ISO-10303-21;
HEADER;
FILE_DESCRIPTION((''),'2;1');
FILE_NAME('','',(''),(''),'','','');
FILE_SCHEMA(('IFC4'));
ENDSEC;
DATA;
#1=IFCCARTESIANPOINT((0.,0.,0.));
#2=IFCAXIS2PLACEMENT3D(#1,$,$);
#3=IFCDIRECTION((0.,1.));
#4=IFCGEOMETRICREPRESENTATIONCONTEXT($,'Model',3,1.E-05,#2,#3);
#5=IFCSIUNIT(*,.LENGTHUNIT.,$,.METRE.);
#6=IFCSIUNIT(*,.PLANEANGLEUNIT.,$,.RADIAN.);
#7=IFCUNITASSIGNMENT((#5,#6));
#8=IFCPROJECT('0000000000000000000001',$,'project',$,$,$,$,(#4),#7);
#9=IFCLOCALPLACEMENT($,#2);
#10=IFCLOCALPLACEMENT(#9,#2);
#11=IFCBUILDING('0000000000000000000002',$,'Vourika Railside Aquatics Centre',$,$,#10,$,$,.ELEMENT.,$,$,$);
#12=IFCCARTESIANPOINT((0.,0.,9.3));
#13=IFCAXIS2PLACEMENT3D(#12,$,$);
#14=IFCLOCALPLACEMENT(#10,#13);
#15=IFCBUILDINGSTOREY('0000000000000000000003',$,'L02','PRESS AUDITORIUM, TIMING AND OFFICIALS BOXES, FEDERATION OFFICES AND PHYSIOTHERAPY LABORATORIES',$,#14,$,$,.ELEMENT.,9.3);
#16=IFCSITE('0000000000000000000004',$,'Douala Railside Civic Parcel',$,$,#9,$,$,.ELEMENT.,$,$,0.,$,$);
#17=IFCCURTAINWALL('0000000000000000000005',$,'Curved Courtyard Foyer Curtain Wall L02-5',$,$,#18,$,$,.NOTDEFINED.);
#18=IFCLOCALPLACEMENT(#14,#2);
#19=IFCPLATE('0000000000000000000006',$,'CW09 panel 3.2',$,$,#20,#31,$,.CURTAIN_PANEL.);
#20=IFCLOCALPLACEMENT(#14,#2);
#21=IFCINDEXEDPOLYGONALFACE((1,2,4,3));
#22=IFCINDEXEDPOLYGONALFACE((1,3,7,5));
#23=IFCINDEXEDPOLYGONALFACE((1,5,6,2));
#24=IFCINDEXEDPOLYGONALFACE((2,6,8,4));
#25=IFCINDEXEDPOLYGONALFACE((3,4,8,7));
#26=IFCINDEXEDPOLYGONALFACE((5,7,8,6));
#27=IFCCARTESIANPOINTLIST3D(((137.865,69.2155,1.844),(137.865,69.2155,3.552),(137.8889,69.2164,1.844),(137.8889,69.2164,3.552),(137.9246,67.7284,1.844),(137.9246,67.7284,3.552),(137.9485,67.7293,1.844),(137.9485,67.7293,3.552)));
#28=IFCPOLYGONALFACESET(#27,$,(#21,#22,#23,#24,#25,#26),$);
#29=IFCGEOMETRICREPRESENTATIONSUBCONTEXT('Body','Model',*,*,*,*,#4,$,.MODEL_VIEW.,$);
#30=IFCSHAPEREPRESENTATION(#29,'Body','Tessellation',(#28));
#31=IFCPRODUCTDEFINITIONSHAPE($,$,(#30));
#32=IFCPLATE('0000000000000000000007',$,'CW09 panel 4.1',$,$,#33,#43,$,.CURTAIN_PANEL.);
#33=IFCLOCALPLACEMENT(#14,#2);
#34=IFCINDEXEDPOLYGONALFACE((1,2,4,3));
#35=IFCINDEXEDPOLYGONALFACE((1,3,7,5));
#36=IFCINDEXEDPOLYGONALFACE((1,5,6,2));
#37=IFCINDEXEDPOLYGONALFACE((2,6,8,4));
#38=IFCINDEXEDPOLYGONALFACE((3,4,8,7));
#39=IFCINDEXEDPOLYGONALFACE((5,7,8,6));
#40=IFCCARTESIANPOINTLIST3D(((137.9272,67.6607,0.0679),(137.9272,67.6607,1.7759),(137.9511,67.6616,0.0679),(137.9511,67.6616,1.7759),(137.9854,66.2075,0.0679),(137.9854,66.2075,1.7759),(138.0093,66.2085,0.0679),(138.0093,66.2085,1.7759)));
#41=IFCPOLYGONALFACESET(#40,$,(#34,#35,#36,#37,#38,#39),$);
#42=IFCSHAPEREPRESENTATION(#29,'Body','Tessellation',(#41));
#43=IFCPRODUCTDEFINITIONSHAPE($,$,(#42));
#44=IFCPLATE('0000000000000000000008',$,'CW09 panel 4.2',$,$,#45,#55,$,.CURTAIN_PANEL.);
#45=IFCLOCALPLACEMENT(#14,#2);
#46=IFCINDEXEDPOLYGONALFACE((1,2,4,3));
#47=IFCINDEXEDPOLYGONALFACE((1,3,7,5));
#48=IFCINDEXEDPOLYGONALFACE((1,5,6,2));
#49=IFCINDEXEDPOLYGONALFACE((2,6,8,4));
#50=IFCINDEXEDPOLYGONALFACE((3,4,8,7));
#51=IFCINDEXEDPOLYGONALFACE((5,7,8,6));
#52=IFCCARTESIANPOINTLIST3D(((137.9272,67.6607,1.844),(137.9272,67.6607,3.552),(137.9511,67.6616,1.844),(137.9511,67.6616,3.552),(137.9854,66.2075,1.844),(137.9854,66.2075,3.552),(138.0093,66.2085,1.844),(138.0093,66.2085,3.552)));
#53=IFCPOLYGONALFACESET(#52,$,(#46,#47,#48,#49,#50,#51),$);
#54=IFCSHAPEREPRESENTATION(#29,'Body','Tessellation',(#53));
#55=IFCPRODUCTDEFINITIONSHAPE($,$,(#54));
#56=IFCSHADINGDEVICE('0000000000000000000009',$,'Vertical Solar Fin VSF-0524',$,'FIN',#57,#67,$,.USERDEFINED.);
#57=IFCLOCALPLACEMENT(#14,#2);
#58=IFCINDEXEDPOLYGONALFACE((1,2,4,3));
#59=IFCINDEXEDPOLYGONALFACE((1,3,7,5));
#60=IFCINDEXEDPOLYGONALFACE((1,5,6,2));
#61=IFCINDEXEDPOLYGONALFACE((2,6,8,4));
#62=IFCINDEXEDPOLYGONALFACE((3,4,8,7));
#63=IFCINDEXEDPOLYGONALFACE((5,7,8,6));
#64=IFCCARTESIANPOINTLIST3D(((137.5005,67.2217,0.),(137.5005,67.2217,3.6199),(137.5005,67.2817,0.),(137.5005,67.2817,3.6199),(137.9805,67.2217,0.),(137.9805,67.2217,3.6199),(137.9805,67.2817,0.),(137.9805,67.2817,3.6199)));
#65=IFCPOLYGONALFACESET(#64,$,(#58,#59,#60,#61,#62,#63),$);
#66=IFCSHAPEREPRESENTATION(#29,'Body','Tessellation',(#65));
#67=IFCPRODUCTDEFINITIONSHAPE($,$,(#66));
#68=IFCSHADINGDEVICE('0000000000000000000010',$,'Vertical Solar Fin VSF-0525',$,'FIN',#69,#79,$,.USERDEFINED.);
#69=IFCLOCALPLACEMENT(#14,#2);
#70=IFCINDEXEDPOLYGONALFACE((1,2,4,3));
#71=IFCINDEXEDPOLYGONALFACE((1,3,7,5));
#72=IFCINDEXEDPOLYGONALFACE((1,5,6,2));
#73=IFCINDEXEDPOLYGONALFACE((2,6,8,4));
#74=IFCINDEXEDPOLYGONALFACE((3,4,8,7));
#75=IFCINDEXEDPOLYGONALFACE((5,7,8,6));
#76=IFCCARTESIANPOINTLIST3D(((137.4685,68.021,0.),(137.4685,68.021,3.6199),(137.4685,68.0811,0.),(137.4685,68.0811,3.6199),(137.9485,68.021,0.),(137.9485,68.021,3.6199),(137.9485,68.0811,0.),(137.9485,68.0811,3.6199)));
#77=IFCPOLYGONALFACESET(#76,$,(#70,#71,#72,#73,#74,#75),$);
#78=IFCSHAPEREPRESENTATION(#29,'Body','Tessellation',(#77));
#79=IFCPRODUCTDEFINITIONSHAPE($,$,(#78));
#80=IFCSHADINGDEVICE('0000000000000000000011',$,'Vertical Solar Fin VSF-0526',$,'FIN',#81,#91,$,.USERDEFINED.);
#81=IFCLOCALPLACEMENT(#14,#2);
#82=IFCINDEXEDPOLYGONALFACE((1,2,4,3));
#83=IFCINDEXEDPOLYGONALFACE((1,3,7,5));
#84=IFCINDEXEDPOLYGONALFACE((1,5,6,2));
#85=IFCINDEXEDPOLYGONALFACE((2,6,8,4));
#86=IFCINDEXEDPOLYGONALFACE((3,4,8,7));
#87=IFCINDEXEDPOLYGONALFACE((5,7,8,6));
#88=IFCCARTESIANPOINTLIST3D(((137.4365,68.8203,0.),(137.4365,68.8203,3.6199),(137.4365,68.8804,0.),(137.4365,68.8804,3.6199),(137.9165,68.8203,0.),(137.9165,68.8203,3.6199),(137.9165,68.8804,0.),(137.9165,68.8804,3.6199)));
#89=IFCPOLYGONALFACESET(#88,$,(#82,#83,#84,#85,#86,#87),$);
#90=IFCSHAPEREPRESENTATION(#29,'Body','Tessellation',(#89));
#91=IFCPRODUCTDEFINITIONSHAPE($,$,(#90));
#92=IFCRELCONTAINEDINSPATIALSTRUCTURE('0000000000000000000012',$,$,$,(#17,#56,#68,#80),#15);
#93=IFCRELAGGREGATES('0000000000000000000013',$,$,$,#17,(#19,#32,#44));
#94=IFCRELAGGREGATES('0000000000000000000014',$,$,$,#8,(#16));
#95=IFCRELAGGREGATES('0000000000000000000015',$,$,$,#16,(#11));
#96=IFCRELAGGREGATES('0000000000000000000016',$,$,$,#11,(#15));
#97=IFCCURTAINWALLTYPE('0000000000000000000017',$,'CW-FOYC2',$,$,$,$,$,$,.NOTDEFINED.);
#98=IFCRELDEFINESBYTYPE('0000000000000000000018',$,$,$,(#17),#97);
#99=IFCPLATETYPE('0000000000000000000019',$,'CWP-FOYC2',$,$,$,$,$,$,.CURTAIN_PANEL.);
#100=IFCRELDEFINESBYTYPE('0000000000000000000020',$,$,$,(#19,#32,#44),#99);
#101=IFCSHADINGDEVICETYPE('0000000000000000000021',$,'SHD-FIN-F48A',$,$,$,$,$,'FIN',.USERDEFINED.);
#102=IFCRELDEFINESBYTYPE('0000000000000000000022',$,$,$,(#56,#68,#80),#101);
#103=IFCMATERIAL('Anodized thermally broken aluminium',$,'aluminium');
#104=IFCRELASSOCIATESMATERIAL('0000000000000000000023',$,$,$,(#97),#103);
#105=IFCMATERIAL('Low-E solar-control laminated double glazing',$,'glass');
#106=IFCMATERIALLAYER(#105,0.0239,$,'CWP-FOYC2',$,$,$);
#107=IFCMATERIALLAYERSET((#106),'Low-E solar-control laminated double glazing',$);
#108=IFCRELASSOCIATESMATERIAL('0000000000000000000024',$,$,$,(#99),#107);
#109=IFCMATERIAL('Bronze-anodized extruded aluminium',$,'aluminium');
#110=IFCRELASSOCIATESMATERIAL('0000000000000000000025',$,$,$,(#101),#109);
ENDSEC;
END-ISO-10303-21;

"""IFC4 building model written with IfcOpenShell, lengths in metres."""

from ifc_helpers import new_model, si_unit, direction, frame, origin, origin_2d, place, context, subcontext, project, spatial, rectangle, extrude, material, layer, layer_set, material_profile, profile_set, type_object, element, aggregate, save


model = new_model("IFC4")

# Units and contexts
model_context = context("Model", 3, precision=1e-05, world=origin(), true_north=direction((0.0, 1.0)))
body_context = subcontext(model_context, "Body", "Model", "MODEL_VIEW")
ifc_project = project(units=[si_unit("LENGTHUNIT", "METRE"), si_unit("PLANEANGLEUNIT", "RADIAN")], contexts=[model_context])

# Site, building, storey
site_placement = place(None, origin())
site = spatial("IfcSite", under=ifc_project, at=site_placement, Name="Douala Railside Civic Parcel", CompositionType="ELEMENT", RefElevation=0.0)
building_placement = place(site_placement, origin())
building = spatial("IfcBuilding", under=site, at=building_placement, Name="Vourika Railside Aquatics Centre", CompositionType="ELEMENT")
storey_placement = place(building_placement, frame((0.0, 0.0, 9.3)))
storey = spatial("IfcBuildingStorey", under=building, at=storey_placement, Name="L02", Description="PRESS AUDITORIUM, TIMING AND OFFICIALS BOXES, FEDERATION OFFICES AND PHYSIOTHERAPY LABORATORIES", CompositionType="ELEMENT", Elevation=9.3)

# Shared definitions
ifc_material_1 = material(Name="Anodized thermally broken aluminium", Category="aluminium")
curtain_wall_type = type_object("IfcCurtainWallType", Name="CW-FOYC2", PredefinedType="NOTDEFINED", material=ifc_material_1)

# Curtain wall
curtain_wall_1_placement = place(storey_placement, origin())
curtain_wall_1 = element("IfcCurtainWall", 1, at=curtain_wall_1_placement, inside=storey, type_object=curtain_wall_type, Name="Curved Courtyard Foyer Curtain Wall L02-5", PredefinedType="NOTDEFINED")

# Plates
ifc_material_2 = material(Name="Low-E solar-control laminated double glazing", Category="glass")
ifc_layer = layer(ifc_material_2, 0.0239, Name="CWP-FOYC2")
ifc_layer_set = layer_set([ifc_layer], Name="Low-E solar-control laminated double glazing")
plate_type = type_object("IfcPlateType", Name="CWP-FOYC2", PredefinedType="CURTAIN_PANEL", material=ifc_layer_set)
plate_1_placement = place(storey_placement, frame((137.9067, 68.4724, 1.844), z_axis=(0.0, 0.0, 1.0), x_axis=(0.04, -0.9992, 0.0)))
plate_1 = element("IfcPlate", 2, at=plate_1_placement, type_object=plate_type, Name="CW09 panel 3.2", PredefinedType="CURTAIN_PANEL", context=body_context, shape_type="SweptSolid", body=[
    extrude(rectangle(XDim=1.4883, YDim=0.0239, at=origin_2d()), origin(), (0.0, 0.0, 1.0), 1.708),
])
plate_2_placement = place(storey_placement, frame((137.9683, 66.9346, 0.0679), z_axis=(0.0, 0.0, 1.0), x_axis=(0.04, -0.9992, 0.0)))
plate_2 = element("IfcPlate", 3, at=plate_2_placement, type_object=plate_type, Name="CW09 panel 4.1", PredefinedType="CURTAIN_PANEL", context=body_context, shape_type="SweptSolid", body=[
    extrude(rectangle(XDim=1.4543, YDim=0.0239, at=origin_2d()), origin(), (0.0, 0.0, 1.0), 1.708),
])
plate_3_placement = place(storey_placement, frame((137.9683, 66.9346, 1.844), z_axis=(0.0, 0.0, 1.0), x_axis=(0.04, -0.9992, 0.0)))
plate_3 = element("IfcPlate", 4, at=plate_3_placement, type_object=plate_type, Name="CW09 panel 4.2", PredefinedType="CURTAIN_PANEL", context=body_context, shape_type="SweptSolid", body=[
    extrude(rectangle(XDim=1.4543, YDim=0.0239, at=origin_2d()), origin(), (0.0, 0.0, 1.0), 1.708),
])
aggregate(curtain_wall_1, [plate_1, plate_2, plate_3])

# Shading devices
ifc_material_3 = material(Name="Bronze-anodized extruded aluminium", Category="aluminium")
ifc_material_profile_1 = material_profile(ifc_material_3, rectangle(XDim=0.0601, YDim=0.48, at=origin_2d()), Name="ALU-FIN 60x480")
ifc_profile_set_1 = profile_set([ifc_material_profile_1], Name="Bronze-anodized extruded aluminium")
shading_device_type = type_object("IfcShadingDeviceType", Name="SHD-FIN-F48A", ElementType="FIN", PredefinedType="USERDEFINED", material=ifc_profile_set_1)
for number, where, z_axis, x_axis, name in (
    (5, (137.7405, 67.2517, 0.0), (0.0, 0.0, 1.0), (0.0, 1.0, 0.0), "Vertical Solar Fin VSF-0524"),
    (6, (137.7085, 68.051, 0.0), (0.0, 0.0, 1.0), (0.0, 1.0, 0.0), "Vertical Solar Fin VSF-0525"),
    (7, (137.6765, 68.8503, 0.0), (0.0, 0.0, 1.0), (0.0, 1.0, 0.0), "Vertical Solar Fin VSF-0526"),
):
    element("IfcShadingDevice", number, at=place(storey_placement, frame(where, z_axis=z_axis, x_axis=x_axis)), inside=storey, type_object=shading_device_type, Name=name, ObjectType="FIN", PredefinedType="USERDEFINED", context=body_context, shape_type="SweptSolid", body=[
        extrude(rectangle(XDim=0.0601, YDim=0.48, at=origin_2d()), origin(), (0.0, 0.0, 1.0), 3.6199),
    ])

save(model, "model.ifc")
